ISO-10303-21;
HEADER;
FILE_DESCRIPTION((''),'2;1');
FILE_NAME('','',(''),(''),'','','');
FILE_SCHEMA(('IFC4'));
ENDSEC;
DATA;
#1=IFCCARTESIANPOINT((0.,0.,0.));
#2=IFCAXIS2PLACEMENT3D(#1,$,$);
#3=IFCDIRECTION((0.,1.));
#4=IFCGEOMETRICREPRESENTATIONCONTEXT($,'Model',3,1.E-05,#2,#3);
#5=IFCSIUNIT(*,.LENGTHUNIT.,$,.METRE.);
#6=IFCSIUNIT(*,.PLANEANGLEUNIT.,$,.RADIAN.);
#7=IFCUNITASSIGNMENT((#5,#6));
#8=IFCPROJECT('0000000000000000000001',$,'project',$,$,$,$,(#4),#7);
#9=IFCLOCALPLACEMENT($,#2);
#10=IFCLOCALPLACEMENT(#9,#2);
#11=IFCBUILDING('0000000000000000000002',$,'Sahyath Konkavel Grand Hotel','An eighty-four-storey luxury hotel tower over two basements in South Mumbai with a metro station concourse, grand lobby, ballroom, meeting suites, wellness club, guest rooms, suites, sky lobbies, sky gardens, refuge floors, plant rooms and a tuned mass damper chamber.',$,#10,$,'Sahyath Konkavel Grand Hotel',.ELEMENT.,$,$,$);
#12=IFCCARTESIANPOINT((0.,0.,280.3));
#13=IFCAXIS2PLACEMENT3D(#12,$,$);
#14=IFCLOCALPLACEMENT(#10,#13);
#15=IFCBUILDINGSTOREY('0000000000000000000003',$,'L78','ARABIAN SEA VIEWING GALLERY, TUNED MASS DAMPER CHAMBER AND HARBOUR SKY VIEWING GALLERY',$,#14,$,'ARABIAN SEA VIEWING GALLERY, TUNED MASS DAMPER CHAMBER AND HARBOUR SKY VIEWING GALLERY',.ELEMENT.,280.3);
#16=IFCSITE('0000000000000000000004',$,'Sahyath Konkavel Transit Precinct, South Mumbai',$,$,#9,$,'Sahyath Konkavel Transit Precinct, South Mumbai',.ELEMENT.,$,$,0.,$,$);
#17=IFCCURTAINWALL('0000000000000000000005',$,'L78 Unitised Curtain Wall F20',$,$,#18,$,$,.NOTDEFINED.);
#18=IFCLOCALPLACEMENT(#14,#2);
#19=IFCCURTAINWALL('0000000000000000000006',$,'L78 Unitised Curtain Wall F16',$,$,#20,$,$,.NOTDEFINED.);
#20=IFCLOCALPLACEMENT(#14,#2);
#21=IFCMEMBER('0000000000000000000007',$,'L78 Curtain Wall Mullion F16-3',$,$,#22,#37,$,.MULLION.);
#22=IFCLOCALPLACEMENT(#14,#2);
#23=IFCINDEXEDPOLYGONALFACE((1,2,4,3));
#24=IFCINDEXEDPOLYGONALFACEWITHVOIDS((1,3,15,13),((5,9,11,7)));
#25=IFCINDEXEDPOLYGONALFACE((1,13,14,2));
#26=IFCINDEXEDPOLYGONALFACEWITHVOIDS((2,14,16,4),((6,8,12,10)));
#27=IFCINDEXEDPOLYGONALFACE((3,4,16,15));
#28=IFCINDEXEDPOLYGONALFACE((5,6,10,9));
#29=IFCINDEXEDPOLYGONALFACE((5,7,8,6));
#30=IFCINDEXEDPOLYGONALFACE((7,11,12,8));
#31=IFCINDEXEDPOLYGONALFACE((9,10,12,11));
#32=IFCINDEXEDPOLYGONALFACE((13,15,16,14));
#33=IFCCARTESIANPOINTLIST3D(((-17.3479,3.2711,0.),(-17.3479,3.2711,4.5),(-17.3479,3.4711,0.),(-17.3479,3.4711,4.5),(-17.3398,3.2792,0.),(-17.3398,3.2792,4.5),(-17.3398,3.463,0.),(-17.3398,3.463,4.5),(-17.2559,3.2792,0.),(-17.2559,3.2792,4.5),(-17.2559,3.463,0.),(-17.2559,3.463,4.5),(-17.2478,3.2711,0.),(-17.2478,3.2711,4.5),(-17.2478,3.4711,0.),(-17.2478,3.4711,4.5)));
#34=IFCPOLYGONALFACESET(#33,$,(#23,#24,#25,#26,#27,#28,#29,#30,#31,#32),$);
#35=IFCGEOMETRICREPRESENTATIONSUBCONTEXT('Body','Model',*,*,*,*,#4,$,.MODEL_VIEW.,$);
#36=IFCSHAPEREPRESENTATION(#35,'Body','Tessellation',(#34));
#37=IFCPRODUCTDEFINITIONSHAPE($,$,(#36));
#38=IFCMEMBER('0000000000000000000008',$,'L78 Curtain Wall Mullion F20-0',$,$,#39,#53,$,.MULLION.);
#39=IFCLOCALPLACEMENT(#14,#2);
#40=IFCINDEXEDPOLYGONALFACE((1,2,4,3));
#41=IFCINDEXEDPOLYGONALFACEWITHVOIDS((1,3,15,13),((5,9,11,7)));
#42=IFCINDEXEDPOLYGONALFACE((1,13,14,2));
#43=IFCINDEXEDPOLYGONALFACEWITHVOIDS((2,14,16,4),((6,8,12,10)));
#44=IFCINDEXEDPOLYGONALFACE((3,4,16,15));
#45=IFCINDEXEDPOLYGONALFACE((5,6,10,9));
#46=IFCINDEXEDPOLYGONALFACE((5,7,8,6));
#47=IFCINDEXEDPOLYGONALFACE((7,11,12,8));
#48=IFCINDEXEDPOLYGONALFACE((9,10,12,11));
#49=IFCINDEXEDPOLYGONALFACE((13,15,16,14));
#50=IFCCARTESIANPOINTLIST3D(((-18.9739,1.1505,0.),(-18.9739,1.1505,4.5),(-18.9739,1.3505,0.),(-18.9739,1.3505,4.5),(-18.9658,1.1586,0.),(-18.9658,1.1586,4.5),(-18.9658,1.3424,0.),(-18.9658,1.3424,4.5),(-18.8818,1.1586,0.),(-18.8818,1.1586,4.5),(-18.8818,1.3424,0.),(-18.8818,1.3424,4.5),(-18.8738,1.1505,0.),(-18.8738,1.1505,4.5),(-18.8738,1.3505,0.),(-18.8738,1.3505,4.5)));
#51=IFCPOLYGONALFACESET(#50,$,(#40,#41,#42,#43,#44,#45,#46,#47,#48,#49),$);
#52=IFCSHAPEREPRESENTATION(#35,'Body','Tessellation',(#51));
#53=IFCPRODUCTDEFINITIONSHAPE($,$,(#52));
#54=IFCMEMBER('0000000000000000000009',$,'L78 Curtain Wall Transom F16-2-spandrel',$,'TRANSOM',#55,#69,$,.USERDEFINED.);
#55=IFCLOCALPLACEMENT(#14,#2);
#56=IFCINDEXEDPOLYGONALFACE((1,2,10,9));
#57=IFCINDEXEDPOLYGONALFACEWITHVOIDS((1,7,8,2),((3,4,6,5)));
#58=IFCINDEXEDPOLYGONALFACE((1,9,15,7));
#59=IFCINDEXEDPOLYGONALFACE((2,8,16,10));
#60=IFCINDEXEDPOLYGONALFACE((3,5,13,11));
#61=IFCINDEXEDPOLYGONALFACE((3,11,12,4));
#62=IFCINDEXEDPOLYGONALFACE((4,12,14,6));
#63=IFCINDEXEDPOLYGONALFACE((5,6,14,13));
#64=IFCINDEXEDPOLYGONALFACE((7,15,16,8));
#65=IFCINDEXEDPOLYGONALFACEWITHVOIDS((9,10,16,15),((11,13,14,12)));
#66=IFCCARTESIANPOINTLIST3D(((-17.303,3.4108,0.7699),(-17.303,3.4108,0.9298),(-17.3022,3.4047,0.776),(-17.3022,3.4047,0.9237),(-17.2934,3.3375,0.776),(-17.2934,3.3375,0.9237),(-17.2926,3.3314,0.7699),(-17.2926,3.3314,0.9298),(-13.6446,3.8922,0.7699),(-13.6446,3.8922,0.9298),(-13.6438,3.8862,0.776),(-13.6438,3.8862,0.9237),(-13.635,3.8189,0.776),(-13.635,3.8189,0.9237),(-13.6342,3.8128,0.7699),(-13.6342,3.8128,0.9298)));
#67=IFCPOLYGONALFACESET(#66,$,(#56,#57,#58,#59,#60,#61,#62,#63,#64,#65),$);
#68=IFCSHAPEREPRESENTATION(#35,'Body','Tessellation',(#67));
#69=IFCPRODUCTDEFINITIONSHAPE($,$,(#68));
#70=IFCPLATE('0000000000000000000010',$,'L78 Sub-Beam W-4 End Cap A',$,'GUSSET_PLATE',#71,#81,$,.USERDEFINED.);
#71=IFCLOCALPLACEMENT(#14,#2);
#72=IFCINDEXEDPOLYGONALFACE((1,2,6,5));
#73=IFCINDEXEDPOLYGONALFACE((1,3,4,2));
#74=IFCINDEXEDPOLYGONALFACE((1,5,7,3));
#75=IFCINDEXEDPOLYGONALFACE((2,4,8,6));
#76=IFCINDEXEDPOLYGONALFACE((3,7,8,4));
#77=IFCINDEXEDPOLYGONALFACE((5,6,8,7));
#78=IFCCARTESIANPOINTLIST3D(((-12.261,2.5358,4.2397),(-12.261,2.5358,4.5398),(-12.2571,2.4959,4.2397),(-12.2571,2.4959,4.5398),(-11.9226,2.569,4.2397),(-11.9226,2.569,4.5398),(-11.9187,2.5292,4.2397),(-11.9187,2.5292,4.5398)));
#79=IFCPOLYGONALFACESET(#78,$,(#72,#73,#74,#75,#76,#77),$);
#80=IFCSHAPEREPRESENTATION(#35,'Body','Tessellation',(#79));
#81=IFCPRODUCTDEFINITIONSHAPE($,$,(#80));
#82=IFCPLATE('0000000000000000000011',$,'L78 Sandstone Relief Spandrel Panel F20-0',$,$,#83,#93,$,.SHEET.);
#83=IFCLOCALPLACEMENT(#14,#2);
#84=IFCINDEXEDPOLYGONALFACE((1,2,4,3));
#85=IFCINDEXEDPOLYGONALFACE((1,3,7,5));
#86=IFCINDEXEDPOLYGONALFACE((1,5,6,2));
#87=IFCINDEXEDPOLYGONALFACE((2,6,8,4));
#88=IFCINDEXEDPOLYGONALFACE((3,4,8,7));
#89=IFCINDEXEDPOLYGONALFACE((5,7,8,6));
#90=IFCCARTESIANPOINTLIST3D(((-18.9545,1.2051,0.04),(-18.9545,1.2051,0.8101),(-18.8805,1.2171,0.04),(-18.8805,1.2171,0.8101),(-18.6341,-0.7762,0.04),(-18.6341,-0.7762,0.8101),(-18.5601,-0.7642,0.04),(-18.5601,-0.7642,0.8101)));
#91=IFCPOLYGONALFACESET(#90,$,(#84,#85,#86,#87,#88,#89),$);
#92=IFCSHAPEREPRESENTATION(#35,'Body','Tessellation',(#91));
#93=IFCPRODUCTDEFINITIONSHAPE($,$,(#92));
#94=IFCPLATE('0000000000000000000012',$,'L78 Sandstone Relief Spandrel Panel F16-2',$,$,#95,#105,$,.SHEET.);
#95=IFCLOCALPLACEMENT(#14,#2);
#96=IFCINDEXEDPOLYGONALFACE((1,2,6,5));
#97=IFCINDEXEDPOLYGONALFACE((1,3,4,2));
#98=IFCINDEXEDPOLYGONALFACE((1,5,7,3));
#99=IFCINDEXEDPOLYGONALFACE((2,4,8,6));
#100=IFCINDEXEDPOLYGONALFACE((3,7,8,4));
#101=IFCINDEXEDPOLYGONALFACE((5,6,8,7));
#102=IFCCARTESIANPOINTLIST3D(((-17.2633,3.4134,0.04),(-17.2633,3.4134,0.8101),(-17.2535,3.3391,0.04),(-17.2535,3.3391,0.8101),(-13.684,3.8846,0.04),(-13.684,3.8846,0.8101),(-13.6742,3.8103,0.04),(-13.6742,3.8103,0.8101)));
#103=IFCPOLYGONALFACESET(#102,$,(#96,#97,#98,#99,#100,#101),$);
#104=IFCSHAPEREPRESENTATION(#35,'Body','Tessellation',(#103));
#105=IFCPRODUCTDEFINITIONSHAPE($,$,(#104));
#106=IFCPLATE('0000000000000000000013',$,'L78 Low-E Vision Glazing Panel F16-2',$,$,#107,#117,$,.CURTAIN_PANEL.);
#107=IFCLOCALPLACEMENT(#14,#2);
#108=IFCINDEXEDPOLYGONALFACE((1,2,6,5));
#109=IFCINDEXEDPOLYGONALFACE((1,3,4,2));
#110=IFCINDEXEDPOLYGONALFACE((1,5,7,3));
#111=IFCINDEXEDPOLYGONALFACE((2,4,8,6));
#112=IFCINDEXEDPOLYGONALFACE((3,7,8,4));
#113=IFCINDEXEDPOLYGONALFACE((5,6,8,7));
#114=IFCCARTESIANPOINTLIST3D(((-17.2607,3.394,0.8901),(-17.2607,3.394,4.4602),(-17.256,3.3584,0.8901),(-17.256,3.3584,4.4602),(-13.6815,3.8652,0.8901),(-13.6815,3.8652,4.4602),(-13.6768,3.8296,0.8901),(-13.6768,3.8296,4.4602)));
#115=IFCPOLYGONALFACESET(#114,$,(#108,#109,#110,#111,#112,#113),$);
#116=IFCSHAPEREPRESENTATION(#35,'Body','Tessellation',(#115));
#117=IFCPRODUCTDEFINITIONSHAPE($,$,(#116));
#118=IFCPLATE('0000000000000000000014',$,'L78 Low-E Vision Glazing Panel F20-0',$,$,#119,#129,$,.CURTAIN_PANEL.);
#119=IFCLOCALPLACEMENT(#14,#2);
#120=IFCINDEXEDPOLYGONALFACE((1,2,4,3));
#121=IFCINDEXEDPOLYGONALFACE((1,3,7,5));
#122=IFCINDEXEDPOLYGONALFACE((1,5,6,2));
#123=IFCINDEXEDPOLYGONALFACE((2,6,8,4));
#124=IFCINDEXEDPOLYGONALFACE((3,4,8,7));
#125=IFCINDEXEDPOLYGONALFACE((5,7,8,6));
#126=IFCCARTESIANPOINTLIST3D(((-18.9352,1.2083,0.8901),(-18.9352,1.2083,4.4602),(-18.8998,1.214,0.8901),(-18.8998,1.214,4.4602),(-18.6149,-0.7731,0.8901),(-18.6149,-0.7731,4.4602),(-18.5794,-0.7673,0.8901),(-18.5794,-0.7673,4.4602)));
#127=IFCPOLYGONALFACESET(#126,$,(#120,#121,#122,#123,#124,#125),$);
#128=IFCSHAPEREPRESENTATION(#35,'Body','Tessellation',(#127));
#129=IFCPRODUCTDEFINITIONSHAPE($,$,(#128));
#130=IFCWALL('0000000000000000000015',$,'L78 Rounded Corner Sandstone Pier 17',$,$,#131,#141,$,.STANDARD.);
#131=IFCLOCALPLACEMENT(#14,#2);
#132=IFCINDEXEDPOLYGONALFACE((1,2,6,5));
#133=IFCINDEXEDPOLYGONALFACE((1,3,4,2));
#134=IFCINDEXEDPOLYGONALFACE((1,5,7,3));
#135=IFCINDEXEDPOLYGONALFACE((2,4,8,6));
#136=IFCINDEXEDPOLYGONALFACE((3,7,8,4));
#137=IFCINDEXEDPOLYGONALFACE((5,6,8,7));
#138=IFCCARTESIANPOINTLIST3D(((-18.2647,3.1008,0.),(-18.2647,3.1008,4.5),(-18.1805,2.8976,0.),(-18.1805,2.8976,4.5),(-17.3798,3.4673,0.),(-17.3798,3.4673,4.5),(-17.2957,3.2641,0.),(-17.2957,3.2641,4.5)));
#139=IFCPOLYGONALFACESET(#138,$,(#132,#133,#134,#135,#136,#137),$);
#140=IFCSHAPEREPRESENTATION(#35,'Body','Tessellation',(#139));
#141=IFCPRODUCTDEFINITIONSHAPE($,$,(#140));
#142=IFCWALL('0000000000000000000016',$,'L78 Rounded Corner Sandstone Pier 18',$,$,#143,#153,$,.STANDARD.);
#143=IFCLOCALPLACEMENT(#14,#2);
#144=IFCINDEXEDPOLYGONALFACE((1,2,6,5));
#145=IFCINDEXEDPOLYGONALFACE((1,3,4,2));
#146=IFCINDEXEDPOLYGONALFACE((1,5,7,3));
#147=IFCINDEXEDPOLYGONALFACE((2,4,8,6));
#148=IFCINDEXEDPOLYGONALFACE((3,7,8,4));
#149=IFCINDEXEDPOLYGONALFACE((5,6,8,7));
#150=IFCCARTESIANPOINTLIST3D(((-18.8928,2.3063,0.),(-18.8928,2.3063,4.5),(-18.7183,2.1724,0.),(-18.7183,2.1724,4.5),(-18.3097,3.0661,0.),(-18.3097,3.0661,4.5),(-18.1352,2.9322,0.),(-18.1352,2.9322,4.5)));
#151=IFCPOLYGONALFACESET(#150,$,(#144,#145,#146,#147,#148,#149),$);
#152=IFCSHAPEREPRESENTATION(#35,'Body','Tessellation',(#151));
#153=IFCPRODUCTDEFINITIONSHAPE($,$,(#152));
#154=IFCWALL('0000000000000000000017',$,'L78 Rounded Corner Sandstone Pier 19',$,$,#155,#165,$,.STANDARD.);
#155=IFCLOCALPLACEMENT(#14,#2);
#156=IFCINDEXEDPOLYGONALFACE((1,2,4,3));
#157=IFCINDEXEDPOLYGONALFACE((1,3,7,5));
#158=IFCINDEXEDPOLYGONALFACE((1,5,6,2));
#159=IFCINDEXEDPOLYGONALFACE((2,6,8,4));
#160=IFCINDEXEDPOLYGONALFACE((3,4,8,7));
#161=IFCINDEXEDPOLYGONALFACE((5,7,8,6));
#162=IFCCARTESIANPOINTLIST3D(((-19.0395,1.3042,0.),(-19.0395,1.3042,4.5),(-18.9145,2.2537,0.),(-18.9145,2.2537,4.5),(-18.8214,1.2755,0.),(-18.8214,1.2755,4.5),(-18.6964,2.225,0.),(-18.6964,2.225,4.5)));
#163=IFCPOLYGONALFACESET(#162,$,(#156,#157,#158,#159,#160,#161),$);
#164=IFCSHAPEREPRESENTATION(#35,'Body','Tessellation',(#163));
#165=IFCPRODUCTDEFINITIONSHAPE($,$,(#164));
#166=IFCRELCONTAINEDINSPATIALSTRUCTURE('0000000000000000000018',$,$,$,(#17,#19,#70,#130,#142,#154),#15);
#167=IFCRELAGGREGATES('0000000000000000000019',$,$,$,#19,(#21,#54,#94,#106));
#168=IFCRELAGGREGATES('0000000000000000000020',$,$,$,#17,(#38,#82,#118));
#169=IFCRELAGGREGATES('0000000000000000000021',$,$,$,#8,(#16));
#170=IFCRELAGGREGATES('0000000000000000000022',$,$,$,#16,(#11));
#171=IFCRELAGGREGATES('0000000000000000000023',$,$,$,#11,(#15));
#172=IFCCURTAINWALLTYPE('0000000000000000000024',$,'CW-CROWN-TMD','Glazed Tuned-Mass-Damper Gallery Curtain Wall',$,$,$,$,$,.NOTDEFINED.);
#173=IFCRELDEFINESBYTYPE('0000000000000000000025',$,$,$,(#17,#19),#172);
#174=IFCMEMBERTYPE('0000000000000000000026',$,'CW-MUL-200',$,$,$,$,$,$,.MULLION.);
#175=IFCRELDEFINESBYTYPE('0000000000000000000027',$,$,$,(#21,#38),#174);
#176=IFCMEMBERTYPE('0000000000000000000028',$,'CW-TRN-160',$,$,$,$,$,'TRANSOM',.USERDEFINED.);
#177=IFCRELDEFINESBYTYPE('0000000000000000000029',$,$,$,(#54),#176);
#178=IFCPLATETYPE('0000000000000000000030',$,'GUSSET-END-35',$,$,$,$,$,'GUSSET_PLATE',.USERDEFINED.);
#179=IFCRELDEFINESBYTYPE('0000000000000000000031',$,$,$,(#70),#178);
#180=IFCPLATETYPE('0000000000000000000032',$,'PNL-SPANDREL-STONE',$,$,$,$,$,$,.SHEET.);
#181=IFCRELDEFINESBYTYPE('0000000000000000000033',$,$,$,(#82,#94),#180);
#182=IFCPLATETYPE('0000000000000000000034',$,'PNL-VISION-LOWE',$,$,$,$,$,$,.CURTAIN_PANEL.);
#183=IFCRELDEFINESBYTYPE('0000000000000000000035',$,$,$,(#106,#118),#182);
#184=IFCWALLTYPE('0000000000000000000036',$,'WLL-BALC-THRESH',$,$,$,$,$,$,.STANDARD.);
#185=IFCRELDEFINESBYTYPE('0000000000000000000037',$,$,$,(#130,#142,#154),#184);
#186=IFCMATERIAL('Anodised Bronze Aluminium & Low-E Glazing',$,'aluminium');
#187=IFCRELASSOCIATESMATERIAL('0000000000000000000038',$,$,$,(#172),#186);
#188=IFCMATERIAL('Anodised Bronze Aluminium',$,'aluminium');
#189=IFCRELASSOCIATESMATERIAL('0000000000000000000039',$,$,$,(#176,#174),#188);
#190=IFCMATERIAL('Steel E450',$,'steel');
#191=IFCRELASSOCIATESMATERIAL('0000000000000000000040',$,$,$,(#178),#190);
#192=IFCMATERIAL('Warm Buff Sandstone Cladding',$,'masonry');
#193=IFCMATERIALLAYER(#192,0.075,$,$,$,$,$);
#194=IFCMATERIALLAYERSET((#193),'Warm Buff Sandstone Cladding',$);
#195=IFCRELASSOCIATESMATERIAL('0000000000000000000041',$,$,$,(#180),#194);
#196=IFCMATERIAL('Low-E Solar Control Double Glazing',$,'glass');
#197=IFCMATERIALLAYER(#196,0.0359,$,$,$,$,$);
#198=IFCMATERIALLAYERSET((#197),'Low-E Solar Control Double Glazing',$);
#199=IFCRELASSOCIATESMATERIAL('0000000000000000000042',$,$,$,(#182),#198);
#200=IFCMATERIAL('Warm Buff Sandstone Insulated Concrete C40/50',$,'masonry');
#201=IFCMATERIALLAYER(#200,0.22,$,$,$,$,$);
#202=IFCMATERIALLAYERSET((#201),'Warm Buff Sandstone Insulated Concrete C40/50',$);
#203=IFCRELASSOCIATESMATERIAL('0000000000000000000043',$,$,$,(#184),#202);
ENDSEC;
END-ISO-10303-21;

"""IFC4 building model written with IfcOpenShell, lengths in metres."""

from ifc_helpers import new_model, si_unit, direction, frame, frame_2d, origin, origin_2d, place, context, subcontext, project, spatial, rectangle, hollow_rectangle, extrude, source, transform, mapped, material, layer, layer_set, material_profile, profile_set, type_object, element, aggregate, save


model = new_model("IFC4")

# Units and contexts
model_context = context("Model", 3, precision=1e-05, world=origin(), true_north=direction((0.0, 1.0)))
body_context = subcontext(model_context, "Body", "Model", "MODEL_VIEW")
ifc_project = project(units=[si_unit("LENGTHUNIT", "METRE"), si_unit("PLANEANGLEUNIT", "RADIAN")], contexts=[model_context])

# Site, building, storey
site_placement = place(None, origin())
site = spatial("IfcSite", under=ifc_project, at=site_placement, Name="Sahyath Konkavel Transit Precinct, South Mumbai", LongName="Sahyath Konkavel Transit Precinct, South Mumbai", CompositionType="ELEMENT", RefElevation=0.0)
building_placement = place(site_placement, origin())
building = spatial("IfcBuilding", under=site, at=building_placement, Name="Sahyath Konkavel Grand Hotel", Description="An eighty-four-storey luxury hotel tower over two basements in South Mumbai with a metro station concourse, grand lobby, ballroom, meeting suites, wellness club, guest rooms, suites, sky lobbies, sky gardens, refuge floors, plant rooms and a tuned mass damper chamber.", LongName="Sahyath Konkavel Grand Hotel", CompositionType="ELEMENT")
storey_placement = place(building_placement, frame((0.0, 0.0, 280.3)))
storey = spatial("IfcBuildingStorey", under=building, at=storey_placement, Name="L78", Description="ARABIAN SEA VIEWING GALLERY, TUNED MASS DAMPER CHAMBER AND HARBOUR SKY VIEWING GALLERY", LongName="ARABIAN SEA VIEWING GALLERY, TUNED MASS DAMPER CHAMBER AND HARBOUR SKY VIEWING GALLERY", CompositionType="ELEMENT", Elevation=280.3)

# Curtain wall
ifc_material_1 = material(Name="Anodised Bronze Aluminium & Low-E Glazing", Category="aluminium")
curtain_wall_type = type_object("IfcCurtainWallType", Name="CW-CROWN-TMD", Description="Glazed Tuned-Mass-Damper Gallery Curtain Wall", PredefinedType="NOTDEFINED", material=ifc_material_1)
curtain_wall_1_placement = place(storey_placement, origin())
curtain_wall_1 = element("IfcCurtainWall", 1, at=curtain_wall_1_placement, inside=storey, type_object=curtain_wall_type, Name="L78 Unitised Curtain Wall F20", PredefinedType="NOTDEFINED")
ifc_material_2 = material(Name="Anodised Bronze Aluminium", Category="aluminium")
ifc_material_profile_1 = material_profile(ifc_material_2, hollow_rectangle(XDim=0.0801, YDim=0.1599, WallThickness=0.0061, at=origin_2d()), Name="RHS 160x80x6")
ifc_profile_set_1 = profile_set([ifc_material_profile_1], Name="Anodised Bronze Aluminium")
member_type_1 = type_object("IfcMemberType", Name="CW-TRN-160", ElementType="TRANSOM", PredefinedType="USERDEFINED", material=ifc_profile_set_1)

# Curtain wall, member
curtain_wall_2_placement = place(storey_placement, origin())
curtain_wall_2 = element("IfcCurtainWall", 2, at=curtain_wall_2_placement, inside=storey, type_object=curtain_wall_type, Name="L78 Unitised Curtain Wall F16", PredefinedType="NOTDEFINED")
ifc_material_profile_2 = material_profile(ifc_material_2, hollow_rectangle(XDim=0.1001, YDim=0.2, WallThickness=0.0081, at=origin_2d()), Name="RHS 200x100x8")
ifc_profile_set_2 = profile_set([ifc_material_profile_2], Name="Anodised Bronze Aluminium")
member_type_2 = type_object("IfcMemberType", Name="CW-MUL-200", PredefinedType="MULLION", material=ifc_profile_set_2)
shared_shape_1 = source(origin(), body_context, "Body", "SweptSolid", [
    extrude(hollow_rectangle(XDim=0.1001, YDim=0.2, WallThickness=0.0081, at=origin_2d()), origin(), (0.0, 0.0, 1.0), 4.5),
])
member_1_placement = place(storey_placement, frame((-17.2979, 3.3711, 0.0), z_axis=(0.0, 0.0, 1.0), x_axis=(1.0, 0.0, 0.0)))
member_1 = element("IfcMember", 3, at=member_1_placement, type_object=member_type_2, Name="L78 Curtain Wall Mullion F16-3", PredefinedType="MULLION", context=body_context, shape_type="MappedRepresentation", body=[
    mapped(shared_shape_1, transform((0.0, 0.0, 0.0), scale=1.0)),
])

# Members
member_2_placement = place(storey_placement, frame((-18.9238, 1.2505, 0.0), z_axis=(0.0, 0.0, 1.0), x_axis=(1.0, 0.0, 0.0)))
member_2 = element("IfcMember", 4, at=member_2_placement, type_object=member_type_2, Name="L78 Curtain Wall Mullion F20-0", PredefinedType="MULLION", context=body_context, shape_type="MappedRepresentation", body=[
    mapped(shared_shape_1, transform((0.0, 0.0, 0.0), scale=1.0)),
])
shared_shape_2 = source(origin(), body_context, "Body", "SweptSolid", [
    extrude(hollow_rectangle(XDim=0.0801, YDim=0.1599, WallThickness=0.0061, at=origin_2d()), origin(), (0.0, 0.0, 1.0), 3.6899),
])
member_3_placement = place(storey_placement, frame((-13.6394, 3.8525, 0.8499), z_axis=(-0.991452, -0.130473, 0.0), x_axis=(0.130473, -0.991452, 0.0)))
member_3 = element("IfcMember", 5, at=member_3_placement, type_object=member_type_1, Name="L78 Curtain Wall Transom F16-2-spandrel", ObjectType="TRANSOM", PredefinedType="USERDEFINED", context=body_context, shape_type="MappedRepresentation", body=[
    mapped(shared_shape_2, transform((0.0, 0.0, 0.0), scale=1.0)),
])

# Plates
ifc_material_3 = material(Name="Steel E450", Category="steel")
plate_type_1 = type_object("IfcPlateType", Name="GUSSET-END-35", ElementType="GUSSET_PLATE", PredefinedType="USERDEFINED", material=ifc_material_3)
shared_shape_3 = source(origin(), body_context, "Body", "SweptSolid", [
    extrude(rectangle(XDim=0.04, YDim=0.3401, at=origin_2d()), origin(), (0.0, 0.0, 1.0), 0.3),
])
plate_1_placement = place(storey_placement, frame((-12.0898, 2.5325, 4.2397), z_axis=(0.0, 0.0, 1.0), x_axis=(0.097791, -0.995207, 0.0)))
element("IfcPlate", 6, at=plate_1_placement, inside=storey, type_object=plate_type_1, Name="L78 Sub-Beam W-4 End Cap A", ObjectType="GUSSET_PLATE", PredefinedType="USERDEFINED", context=body_context, shape_type="MappedRepresentation", body=[
    mapped(shared_shape_3, transform((0.0, 0.0, 0.0), scale=1.0)),
])
ifc_material_4 = material(Name="Warm Buff Sandstone Cladding", Category="masonry")
ifc_layer_1 = layer(ifc_material_4, 0.075)
ifc_layer_set_1 = layer_set([ifc_layer_1], Name="Warm Buff Sandstone Cladding")
plate_type_2 = type_object("IfcPlateType", Name="PNL-SPANDREL-STONE", PredefinedType="SHEET", material=ifc_layer_set_1)
shared_shape_4 = source(origin(), body_context, "Body", "SweptSolid", [
    extrude(rectangle(XDim=2.0071, YDim=0.075, at=origin_2d()), origin(), (0.0, 0.0, 1.0), 0.77),
])
plate_2_placement = place(storey_placement, frame((-18.7573, 0.2205, 0.04), z_axis=(0.0, 0.0, 1.0), x_axis=(0.159623, -0.987178, 0.0)))
plate_2 = element("IfcPlate", 7, at=plate_2_placement, type_object=plate_type_2, Name="L78 Sandstone Relief Spandrel Panel F20-0", PredefinedType="SHEET", context=body_context, shape_type="MappedRepresentation", body=[
    mapped(shared_shape_4, transform((0.0, 0.0, 0.0), scale=1.0)),
])
shared_shape_5 = source(origin(), body_context, "Body", "SweptSolid", [
    extrude(rectangle(XDim=3.6101, YDim=0.075, at=origin_2d()), origin(), (0.0, 0.0, 1.0), 0.77),
])
plate_3_placement = place(storey_placement, frame((-15.4688, 3.6118, 0.04), z_axis=(0.0, 0.0, 1.0), x_axis=(-0.991445, -0.130526, 0.0)))
plate_3 = element("IfcPlate", 8, at=plate_3_placement, type_object=plate_type_2, Name="L78 Sandstone Relief Spandrel Panel F16-2", PredefinedType="SHEET", context=body_context, shape_type="MappedRepresentation", body=[
    mapped(shared_shape_5, transform((0.0, 0.0, 0.0), scale=1.0)),
])
ifc_material_5 = material(Name="Low-E Solar Control Double Glazing", Category="glass")
ifc_layer_2 = layer(ifc_material_5, 0.0359)
ifc_layer_set_2 = layer_set([ifc_layer_2], Name="Low-E Solar Control Double Glazing")
plate_type_3 = type_object("IfcPlateType", Name="PNL-VISION-LOWE", PredefinedType="CURTAIN_PANEL", material=ifc_layer_set_2)
shared_shape_6 = source(origin(), body_context, "Body", "SweptSolid", [
    extrude(rectangle(XDim=3.6101, YDim=0.0359, at=origin_2d()), origin(), (0.0, 0.0, 1.0), 3.5701),
])
plate_4_placement = place(storey_placement, frame((-15.4688, 3.6118, 0.8901), z_axis=(0.0, 0.0, 1.0), x_axis=(-0.991445, -0.130526, 0.0)))
plate_4 = element("IfcPlate", 9, at=plate_4_placement, type_object=plate_type_3, Name="L78 Low-E Vision Glazing Panel F16-2", PredefinedType="CURTAIN_PANEL", context=body_context, shape_type="MappedRepresentation", body=[
    mapped(shared_shape_6, transform((0.0, 0.0, 0.0), scale=1.0)),
])
aggregate(curtain_wall_2, [member_1, member_3, plate_3, plate_4])
shared_shape_7 = source(origin(), body_context, "Body", "SweptSolid", [
    extrude(rectangle(XDim=2.0071, YDim=0.0359, at=origin_2d()), origin(), (0.0, 0.0, 1.0), 3.5701),
])
plate_5_placement = place(storey_placement, frame((-18.7573, 0.2205, 0.8901), z_axis=(0.0, 0.0, 1.0), x_axis=(0.159623, -0.987178, 0.0)))
plate_5 = element("IfcPlate", 10, at=plate_5_placement, type_object=plate_type_3, Name="L78 Low-E Vision Glazing Panel F20-0", PredefinedType="CURTAIN_PANEL", context=body_context, shape_type="MappedRepresentation", body=[
    mapped(shared_shape_7, transform((0.0, 0.0, 0.0), scale=1.0)),
])
aggregate(curtain_wall_1, [member_2, plate_2, plate_5])

# Walls
ifc_material_6 = material(Name="Warm Buff Sandstone Insulated Concrete C40/50", Category="masonry")
ifc_layer_3 = layer(ifc_material_6, 0.22)
ifc_layer_set_3 = layer_set([ifc_layer_3], Name="Warm Buff Sandstone Insulated Concrete C40/50")
wall_type = type_object("IfcWallType", Name="WLL-BALC-THRESH", PredefinedType="STANDARD", material=ifc_layer_set_3)
for number, where, z_axis, x_axis, name in (
    (11, (-17.3376, 3.3657, 0.0), (0.0, 0.0, 1.0), (-0.923889, -0.38266, 0.0), "L78 Rounded Corner Sandstone Pier 17"),
    (12, (-18.2224, 2.9993, 0.0), (0.0, 0.0, 1.0), (-0.608774, -0.793344, 0.0), "L78 Rounded Corner Sandstone Pier 18"),
    (13, (-18.8054, 2.2395, 0.0), (0.0, 0.0, 1.0), (-0.130527, -0.991445, 0.0), "L78 Rounded Corner Sandstone Pier 19"),
):
    element("IfcWall", number, at=place(storey_placement, frame(where, z_axis=z_axis, x_axis=x_axis)), inside=storey, type_object=wall_type, Name=name, PredefinedType="STANDARD", context=body_context, shape_type="SweptSolid", body=[
        extrude(rectangle(XDim=0.9578, YDim=0.22, at=frame_2d((0.479, 0.0))), origin(), (0.0, 0.0, 1.0), 4.5),
    ])

save(model, "model.ifc")
